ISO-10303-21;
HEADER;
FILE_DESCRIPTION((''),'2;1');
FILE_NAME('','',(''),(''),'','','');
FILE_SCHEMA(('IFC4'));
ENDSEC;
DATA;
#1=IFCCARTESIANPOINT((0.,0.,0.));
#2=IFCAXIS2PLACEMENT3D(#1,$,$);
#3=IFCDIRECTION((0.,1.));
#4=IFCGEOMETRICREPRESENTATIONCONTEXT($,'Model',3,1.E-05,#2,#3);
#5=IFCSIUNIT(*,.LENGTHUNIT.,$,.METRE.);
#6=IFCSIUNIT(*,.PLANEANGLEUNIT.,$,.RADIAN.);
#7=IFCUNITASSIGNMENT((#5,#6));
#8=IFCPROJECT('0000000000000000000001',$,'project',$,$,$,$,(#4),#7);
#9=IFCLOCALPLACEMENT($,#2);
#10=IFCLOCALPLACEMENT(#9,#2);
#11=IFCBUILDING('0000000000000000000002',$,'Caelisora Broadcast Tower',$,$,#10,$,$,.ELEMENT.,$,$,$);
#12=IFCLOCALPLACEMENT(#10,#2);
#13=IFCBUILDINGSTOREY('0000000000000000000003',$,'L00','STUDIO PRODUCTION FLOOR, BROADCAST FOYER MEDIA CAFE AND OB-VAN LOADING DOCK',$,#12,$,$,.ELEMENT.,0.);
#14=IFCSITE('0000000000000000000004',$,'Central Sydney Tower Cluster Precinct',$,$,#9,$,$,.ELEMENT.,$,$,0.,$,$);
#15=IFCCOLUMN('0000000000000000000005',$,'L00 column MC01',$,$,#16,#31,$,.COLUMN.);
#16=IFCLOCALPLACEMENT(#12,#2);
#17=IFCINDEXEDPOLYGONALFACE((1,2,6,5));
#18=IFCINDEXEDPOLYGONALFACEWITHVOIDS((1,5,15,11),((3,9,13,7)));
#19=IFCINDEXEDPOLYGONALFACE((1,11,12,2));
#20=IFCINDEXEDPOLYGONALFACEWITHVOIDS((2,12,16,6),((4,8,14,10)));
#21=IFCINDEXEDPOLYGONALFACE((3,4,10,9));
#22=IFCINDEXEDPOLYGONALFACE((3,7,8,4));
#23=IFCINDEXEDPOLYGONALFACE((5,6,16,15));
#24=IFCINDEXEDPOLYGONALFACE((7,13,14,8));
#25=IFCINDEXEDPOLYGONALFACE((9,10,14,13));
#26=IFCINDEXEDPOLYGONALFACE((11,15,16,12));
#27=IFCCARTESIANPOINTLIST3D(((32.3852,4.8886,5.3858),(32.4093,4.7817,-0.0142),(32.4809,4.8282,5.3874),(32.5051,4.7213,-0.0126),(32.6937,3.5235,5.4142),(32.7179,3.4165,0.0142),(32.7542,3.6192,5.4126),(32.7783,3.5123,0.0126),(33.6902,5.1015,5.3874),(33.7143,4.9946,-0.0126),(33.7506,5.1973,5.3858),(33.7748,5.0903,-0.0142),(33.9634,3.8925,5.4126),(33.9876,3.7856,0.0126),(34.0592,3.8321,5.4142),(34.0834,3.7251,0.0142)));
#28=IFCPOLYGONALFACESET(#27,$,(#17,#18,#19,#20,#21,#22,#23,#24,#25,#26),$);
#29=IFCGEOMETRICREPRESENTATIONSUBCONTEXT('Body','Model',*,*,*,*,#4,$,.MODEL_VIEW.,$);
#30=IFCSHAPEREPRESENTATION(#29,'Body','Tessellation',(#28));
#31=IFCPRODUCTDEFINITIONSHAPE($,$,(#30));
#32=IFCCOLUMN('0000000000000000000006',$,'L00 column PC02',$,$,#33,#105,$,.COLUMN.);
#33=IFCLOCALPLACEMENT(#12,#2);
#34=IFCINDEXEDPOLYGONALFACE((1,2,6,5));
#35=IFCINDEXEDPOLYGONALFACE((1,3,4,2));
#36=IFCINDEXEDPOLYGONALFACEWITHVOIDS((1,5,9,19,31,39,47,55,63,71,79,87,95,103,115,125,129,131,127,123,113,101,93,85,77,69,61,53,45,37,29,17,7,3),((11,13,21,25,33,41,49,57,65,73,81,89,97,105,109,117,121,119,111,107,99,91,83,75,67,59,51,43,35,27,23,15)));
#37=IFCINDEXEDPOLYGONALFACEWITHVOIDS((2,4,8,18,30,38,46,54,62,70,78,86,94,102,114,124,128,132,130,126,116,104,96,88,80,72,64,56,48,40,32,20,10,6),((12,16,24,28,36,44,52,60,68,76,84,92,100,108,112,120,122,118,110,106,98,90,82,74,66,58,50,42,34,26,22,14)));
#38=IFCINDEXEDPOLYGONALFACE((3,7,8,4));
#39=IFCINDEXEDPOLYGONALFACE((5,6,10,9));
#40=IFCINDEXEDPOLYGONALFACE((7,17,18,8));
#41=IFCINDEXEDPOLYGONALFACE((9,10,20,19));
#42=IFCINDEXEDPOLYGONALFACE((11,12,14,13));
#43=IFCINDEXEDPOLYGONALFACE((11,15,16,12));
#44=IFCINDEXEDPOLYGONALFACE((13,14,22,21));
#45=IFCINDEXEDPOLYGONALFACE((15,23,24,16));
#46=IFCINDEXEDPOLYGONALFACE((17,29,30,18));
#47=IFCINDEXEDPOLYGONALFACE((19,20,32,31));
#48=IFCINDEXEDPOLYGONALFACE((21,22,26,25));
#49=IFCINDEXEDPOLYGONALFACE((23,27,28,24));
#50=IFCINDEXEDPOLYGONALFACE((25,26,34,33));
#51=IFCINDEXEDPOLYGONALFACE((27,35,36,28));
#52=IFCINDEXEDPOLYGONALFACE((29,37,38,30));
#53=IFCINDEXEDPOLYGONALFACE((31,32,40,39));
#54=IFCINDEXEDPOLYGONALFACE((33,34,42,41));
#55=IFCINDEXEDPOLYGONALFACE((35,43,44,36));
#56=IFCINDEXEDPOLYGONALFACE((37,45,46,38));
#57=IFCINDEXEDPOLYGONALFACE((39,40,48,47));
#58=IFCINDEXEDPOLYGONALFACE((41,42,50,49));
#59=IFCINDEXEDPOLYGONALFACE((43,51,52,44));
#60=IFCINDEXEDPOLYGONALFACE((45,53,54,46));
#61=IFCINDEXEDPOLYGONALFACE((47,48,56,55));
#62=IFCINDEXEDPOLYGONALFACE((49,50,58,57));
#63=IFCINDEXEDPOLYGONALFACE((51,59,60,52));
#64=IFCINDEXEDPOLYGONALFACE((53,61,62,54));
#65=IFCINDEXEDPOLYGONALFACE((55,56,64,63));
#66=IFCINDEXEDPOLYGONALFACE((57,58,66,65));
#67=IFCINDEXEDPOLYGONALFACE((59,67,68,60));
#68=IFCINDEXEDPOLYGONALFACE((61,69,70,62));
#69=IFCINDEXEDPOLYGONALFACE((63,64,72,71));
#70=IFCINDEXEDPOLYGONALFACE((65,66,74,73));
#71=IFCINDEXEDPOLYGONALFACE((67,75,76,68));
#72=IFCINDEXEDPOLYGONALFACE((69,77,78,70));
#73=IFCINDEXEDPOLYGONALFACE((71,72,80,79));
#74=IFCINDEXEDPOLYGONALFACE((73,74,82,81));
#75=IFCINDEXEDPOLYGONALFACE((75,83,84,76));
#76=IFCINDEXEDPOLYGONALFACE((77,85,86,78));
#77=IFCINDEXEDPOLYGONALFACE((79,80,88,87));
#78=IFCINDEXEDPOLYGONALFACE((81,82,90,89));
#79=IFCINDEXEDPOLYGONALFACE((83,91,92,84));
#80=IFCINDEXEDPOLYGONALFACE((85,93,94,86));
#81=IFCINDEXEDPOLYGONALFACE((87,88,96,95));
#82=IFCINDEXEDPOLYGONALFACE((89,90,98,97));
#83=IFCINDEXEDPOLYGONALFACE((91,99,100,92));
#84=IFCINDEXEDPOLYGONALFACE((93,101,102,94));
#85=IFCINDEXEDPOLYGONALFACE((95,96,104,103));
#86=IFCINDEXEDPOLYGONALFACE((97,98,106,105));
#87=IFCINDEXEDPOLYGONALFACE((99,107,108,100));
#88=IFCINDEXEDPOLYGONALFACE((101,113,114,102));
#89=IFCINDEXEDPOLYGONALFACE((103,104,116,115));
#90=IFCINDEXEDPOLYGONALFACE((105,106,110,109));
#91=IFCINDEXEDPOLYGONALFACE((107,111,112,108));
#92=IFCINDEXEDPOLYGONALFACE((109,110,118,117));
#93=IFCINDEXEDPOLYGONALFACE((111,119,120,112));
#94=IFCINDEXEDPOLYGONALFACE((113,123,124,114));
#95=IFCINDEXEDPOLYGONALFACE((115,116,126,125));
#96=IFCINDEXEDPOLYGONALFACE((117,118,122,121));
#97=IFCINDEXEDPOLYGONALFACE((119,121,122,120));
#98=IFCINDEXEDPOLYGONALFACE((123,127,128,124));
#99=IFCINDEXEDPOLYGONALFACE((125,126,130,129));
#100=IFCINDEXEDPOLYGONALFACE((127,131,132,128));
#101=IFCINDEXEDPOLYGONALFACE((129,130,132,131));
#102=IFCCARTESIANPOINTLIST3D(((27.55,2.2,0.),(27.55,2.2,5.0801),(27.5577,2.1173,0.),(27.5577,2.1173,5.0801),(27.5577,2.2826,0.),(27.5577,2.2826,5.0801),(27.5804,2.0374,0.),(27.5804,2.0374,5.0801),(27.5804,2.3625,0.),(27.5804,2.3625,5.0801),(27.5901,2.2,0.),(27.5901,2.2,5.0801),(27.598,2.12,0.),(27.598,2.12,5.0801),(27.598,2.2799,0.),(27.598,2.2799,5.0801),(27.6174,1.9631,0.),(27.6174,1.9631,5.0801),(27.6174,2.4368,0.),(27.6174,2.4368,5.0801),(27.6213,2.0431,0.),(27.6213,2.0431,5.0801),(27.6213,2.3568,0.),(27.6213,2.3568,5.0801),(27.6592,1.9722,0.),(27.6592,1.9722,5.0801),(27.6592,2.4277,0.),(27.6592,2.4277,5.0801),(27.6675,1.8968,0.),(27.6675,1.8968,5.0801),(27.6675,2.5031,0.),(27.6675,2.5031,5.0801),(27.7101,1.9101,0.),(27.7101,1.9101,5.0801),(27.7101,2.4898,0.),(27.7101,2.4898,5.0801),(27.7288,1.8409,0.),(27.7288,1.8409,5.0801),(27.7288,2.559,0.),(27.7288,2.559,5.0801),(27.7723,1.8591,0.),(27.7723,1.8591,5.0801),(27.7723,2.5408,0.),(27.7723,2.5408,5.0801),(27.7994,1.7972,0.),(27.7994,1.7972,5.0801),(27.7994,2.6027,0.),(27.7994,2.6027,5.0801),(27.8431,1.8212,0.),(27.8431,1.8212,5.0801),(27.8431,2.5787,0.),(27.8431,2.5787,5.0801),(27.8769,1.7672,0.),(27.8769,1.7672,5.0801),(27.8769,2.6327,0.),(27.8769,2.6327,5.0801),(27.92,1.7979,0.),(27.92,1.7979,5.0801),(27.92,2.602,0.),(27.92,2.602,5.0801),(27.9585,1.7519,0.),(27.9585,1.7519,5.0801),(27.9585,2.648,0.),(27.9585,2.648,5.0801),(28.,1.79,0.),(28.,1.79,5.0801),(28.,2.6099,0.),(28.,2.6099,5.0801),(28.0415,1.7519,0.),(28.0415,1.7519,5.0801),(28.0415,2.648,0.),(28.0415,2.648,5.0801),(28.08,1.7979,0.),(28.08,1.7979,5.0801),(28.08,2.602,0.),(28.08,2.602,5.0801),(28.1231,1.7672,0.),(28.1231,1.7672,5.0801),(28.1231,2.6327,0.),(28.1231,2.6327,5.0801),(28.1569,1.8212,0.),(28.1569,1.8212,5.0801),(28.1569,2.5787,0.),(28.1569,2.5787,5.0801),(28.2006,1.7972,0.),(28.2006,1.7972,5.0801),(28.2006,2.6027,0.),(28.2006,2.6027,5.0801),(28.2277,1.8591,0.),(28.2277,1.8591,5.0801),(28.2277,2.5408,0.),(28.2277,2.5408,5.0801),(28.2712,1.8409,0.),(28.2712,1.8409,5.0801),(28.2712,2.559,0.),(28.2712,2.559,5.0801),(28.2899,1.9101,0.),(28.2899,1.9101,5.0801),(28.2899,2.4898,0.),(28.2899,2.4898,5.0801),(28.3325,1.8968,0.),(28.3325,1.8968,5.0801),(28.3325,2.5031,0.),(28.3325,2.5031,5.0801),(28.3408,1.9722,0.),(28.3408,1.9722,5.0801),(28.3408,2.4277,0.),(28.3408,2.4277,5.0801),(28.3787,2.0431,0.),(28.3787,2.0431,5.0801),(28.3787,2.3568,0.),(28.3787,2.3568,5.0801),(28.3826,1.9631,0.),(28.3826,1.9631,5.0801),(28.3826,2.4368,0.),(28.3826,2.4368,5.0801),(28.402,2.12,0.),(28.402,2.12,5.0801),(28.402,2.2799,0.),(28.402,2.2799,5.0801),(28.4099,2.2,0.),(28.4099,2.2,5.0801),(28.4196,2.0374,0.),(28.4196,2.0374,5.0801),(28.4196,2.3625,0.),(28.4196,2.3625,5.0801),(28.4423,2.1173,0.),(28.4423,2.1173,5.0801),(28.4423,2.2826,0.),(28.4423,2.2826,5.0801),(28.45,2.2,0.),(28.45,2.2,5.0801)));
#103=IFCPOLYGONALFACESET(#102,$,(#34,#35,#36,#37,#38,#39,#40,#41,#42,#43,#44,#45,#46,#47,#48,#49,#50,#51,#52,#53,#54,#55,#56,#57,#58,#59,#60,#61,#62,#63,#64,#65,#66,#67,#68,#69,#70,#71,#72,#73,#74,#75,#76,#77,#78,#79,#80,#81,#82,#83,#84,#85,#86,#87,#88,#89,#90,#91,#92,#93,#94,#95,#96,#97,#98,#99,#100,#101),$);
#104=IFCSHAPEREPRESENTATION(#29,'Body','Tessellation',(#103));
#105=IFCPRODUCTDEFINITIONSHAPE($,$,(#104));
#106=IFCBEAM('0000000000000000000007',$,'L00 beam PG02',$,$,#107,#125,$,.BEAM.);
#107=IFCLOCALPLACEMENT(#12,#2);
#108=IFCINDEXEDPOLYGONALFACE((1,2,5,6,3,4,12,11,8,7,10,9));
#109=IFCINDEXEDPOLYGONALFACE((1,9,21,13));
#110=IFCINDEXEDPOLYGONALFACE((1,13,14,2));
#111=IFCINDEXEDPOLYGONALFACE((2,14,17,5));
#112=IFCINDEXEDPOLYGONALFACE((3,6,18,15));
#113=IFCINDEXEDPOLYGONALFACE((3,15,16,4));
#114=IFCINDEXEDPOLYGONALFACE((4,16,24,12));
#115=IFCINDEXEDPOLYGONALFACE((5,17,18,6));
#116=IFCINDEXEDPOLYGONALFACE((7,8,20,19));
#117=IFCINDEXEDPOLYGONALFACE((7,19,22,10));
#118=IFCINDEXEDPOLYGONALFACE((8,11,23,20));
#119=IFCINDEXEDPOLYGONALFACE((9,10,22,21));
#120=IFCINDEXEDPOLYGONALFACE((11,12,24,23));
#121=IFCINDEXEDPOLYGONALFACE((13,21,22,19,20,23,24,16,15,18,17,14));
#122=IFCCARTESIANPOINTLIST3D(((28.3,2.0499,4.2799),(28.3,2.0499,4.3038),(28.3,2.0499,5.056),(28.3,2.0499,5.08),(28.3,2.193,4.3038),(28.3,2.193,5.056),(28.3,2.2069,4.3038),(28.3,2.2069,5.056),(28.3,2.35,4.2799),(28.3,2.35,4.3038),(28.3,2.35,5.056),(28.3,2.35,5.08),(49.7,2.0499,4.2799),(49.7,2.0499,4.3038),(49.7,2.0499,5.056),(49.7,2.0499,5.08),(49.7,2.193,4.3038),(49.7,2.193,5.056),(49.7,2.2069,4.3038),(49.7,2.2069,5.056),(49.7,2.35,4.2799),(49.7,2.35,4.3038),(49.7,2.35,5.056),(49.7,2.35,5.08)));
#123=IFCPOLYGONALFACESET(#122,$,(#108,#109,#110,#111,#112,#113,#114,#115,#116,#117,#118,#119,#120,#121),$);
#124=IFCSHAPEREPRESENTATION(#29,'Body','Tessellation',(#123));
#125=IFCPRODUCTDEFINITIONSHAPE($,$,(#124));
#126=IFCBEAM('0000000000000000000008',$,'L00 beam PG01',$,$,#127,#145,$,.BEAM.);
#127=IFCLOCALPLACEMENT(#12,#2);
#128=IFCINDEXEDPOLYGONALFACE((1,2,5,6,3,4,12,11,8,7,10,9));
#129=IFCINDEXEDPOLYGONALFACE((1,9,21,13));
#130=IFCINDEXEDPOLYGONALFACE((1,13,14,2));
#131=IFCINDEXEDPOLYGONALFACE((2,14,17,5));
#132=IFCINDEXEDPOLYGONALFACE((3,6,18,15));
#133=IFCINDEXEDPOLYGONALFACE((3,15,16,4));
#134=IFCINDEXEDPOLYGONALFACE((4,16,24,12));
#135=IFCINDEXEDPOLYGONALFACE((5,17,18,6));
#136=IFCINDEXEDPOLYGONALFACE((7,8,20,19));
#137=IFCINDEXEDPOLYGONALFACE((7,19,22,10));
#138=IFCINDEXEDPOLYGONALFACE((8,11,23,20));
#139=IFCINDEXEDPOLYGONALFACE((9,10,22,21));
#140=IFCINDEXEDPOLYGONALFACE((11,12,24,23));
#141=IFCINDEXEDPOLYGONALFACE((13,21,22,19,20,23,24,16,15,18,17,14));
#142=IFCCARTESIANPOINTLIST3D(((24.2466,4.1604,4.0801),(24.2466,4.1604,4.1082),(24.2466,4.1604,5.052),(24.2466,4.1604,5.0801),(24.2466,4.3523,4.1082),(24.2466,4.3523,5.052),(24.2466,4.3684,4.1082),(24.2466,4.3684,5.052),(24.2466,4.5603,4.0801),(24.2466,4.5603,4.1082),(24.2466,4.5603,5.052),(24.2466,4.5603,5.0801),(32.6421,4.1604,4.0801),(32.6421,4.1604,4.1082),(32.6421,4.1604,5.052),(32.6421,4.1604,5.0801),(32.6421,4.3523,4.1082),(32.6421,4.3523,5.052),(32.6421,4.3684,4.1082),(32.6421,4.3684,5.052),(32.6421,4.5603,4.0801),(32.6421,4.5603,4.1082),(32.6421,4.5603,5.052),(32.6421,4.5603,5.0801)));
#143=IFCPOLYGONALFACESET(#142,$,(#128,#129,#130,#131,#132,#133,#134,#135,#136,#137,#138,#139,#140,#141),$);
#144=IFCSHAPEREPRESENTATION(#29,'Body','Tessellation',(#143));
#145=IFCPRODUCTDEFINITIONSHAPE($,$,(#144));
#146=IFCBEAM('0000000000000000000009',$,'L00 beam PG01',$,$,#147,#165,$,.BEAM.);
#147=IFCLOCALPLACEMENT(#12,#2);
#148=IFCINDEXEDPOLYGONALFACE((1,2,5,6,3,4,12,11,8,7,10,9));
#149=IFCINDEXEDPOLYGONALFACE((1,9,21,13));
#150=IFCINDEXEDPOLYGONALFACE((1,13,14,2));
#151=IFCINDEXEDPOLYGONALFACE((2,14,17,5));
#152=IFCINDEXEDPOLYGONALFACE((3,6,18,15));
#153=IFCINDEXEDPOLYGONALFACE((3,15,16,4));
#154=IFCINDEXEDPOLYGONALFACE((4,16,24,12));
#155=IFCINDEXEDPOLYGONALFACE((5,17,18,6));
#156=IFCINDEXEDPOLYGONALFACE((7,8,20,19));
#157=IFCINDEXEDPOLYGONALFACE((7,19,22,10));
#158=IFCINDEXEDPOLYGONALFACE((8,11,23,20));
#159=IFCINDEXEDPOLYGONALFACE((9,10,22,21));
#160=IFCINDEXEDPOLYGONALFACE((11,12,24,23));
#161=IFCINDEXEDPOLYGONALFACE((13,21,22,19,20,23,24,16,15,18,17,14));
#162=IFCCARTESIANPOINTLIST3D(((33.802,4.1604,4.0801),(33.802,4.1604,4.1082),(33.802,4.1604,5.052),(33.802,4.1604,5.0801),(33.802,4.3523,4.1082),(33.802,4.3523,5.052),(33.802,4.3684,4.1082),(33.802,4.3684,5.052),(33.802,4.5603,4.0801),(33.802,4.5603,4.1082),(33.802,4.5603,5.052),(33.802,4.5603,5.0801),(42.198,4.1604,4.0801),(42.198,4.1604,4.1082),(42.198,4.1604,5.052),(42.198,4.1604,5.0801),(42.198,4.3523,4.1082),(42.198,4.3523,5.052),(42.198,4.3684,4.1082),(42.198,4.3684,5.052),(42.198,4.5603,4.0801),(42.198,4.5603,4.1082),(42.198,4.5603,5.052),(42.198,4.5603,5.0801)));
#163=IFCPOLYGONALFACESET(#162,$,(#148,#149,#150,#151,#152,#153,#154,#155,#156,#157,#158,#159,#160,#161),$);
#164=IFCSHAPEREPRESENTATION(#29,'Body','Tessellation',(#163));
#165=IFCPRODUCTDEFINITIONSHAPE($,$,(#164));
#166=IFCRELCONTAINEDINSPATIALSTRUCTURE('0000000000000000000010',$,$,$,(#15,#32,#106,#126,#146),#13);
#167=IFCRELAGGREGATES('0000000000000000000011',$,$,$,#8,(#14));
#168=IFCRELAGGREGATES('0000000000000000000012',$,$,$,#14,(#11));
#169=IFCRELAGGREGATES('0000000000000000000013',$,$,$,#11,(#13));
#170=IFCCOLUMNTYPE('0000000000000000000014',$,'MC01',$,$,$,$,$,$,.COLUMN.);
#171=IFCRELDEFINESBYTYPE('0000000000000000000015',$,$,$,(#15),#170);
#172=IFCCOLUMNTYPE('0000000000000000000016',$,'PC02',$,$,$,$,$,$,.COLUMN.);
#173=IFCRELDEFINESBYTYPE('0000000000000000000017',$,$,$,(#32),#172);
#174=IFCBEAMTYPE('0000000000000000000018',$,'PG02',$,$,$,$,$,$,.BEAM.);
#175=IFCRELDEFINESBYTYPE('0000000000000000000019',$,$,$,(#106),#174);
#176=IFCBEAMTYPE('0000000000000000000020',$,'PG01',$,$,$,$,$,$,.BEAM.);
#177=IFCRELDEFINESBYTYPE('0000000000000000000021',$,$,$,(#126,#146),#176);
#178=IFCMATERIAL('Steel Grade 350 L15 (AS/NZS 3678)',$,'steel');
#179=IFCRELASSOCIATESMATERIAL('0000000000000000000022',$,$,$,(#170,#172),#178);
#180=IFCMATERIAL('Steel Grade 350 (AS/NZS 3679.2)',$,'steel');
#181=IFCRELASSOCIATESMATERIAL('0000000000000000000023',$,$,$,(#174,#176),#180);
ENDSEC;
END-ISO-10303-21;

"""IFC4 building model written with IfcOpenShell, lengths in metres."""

from ifc_helpers import new_model, si_unit, direction, frame, origin, origin_2d, place, context, subcontext, project, spatial, hollow_rectangle, hollow_circle, i_section, extrude, source, transform, mapped, material, material_profile, profile_set, type_object, type_shapes, element, save


model = new_model("IFC4")

# Units and contexts
model_context = context("Model", 3, precision=1e-05, world=origin(), true_north=direction((0.0, 1.0)))
body_context = subcontext(model_context, "Body", "Model", "MODEL_VIEW")
ifc_project = project(units=[si_unit("LENGTHUNIT", "METRE"), si_unit("PLANEANGLEUNIT", "RADIAN")], contexts=[model_context])

# Site, building, storey
site_placement = place(None, origin())
site = spatial("IfcSite", under=ifc_project, at=site_placement, Name="Central Sydney Tower Cluster Precinct", CompositionType="ELEMENT", RefElevation=0.0)
building_placement = place(site_placement, origin())
building = spatial("IfcBuilding", under=site, at=building_placement, Name="Caelisora Broadcast Tower", CompositionType="ELEMENT")
storey_placement = place(building_placement, origin())
storey = spatial("IfcBuildingStorey", under=building, at=storey_placement, Name="L00", Description="STUDIO PRODUCTION FLOOR, BROADCAST FOYER MEDIA CAFE AND OB-VAN LOADING DOCK", CompositionType="ELEMENT", Elevation=0.0)

# Columns
ifc_material_1 = material(Name="Steel Grade 350 L15 (AS/NZS 3678)", Category="steel")
ifc_material_profile_1 = material_profile(ifc_material_1, hollow_rectangle(XDim=1.3999, YDim=1.3999, WallThickness=0.0801, at=origin_2d()), Name="Steel Grade 350 L15 (AS/NZS 3678)")
ifc_profile_set_1 = profile_set([ifc_material_profile_1], Name="Steel Grade 350 L15 (AS/NZS 3678)")
column_type_1 = type_object("IfcColumnType", Name="MC01", PredefinedType="COLUMN", material=ifc_profile_set_1)
shared_shape_1 = source(origin(), body_context, "Body", "SweptSolid", [
    extrude(hollow_rectangle(XDim=1.3999, YDim=1.3999, WallThickness=0.0801, at=origin_2d()), origin(), (0.0, 0.0, 1.0), 5.4011),
])
type_shapes(column_type_1, [shared_shape_1])
column_1_placement = place(storey_placement, frame((33.2463, 4.2534, 0.0), z_axis=(-0.004475, 0.019799, 0.999794), x_axis=(-0.975395, -0.220466, 0.0)))
element("IfcColumn", 1, at=column_1_placement, inside=storey, type_object=column_type_1, Name="L00 column MC01", PredefinedType="COLUMN", context=body_context, shape_type="MappedRepresentation", body=[
    mapped(shared_shape_1, transform((0.0, 0.0, 0.0), scale=1.0)),
])
ifc_material_profile_2 = material_profile(ifc_material_1, hollow_circle(Radius=0.45, WallThickness=0.04, at=origin_2d()), Name="Steel Grade 350 L15 (AS/NZS 3678)")
ifc_profile_set_2 = profile_set([ifc_material_profile_2], Name="Steel Grade 350 L15 (AS/NZS 3678)")
column_type_2 = type_object("IfcColumnType", Name="PC02", PredefinedType="COLUMN", material=ifc_profile_set_2)
shared_shape_2 = source(origin(), body_context, "Body", "SweptSolid", [
    extrude(hollow_circle(Radius=0.45, WallThickness=0.04, at=origin_2d()), origin(), (0.0, 0.0, 1.0), 5.0801),
])
type_shapes(column_type_2, [shared_shape_2])
column_2_placement = place(storey_placement, frame((28.0, 2.2, 0.0), z_axis=(0.0, 0.0, 1.0), x_axis=(1.0, 0.0, 0.0)))
element("IfcColumn", 2, at=column_2_placement, inside=storey, type_object=column_type_2, Name="L00 column PC02", PredefinedType="COLUMN", context=body_context, shape_type="MappedRepresentation", body=[
    mapped(shared_shape_2, transform((0.0, 0.0, 0.0), scale=1.0)),
])

# Beams
ifc_material_2 = material(Name="Steel Grade 350 (AS/NZS 3679.2)", Category="steel")
ifc_material_profile_3 = material_profile(ifc_material_2, i_section(OverallWidth=0.3, OverallDepth=0.8, WebThickness=0.0139, FlangeThickness=0.0239, at=origin_2d()), Name="Steel Grade 350 (AS/NZS 3679.2)")
ifc_profile_set_3 = profile_set([ifc_material_profile_3], Name="Steel Grade 350 (AS/NZS 3679.2)")
beam_type_1 = type_object("IfcBeamType", Name="PG02", PredefinedType="BEAM", material=ifc_profile_set_3)
shared_shape_3 = source(origin(), body_context, "Body", "SweptSolid", [
    extrude(i_section(OverallWidth=0.3, OverallDepth=0.8, WebThickness=0.0139, FlangeThickness=0.0239, at=origin_2d()), origin(), (0.0, 0.0, 1.0), 21.3999),
])
type_shapes(beam_type_1, [shared_shape_3])
beam_1_placement = place(storey_placement, frame((28.3, 2.2, 4.6799), z_axis=(1.0, 0.0, 0.0), x_axis=(0.0, 1.0, 0.0)))
element("IfcBeam", 3, at=beam_1_placement, inside=storey, type_object=beam_type_1, Name="L00 beam PG02", PredefinedType="BEAM", context=body_context, shape_type="MappedRepresentation", body=[
    mapped(shared_shape_3, transform((0.0, 0.0, 0.0), scale=1.0)),
])
ifc_material_profile_4 = material_profile(ifc_material_2, i_section(OverallWidth=0.3999, OverallDepth=1.0, WebThickness=0.0161, FlangeThickness=0.0281, at=origin_2d()), Name="Steel Grade 350 (AS/NZS 3679.2)")
ifc_profile_set_4 = profile_set([ifc_material_profile_4], Name="Steel Grade 350 (AS/NZS 3679.2)")
beam_type_2 = type_object("IfcBeamType", Name="PG01", PredefinedType="BEAM", material=ifc_profile_set_4)
shared_shape_4 = source(origin(), body_context, "Body", "SweptSolid", [
    extrude(i_section(OverallWidth=0.3999, OverallDepth=1.0, WebThickness=0.0161, FlangeThickness=0.0281, at=origin_2d()), origin(), (0.0, 0.0, 1.0), 8.3955),
])
beam_2_placement = place(storey_placement, frame((24.2466, 4.3604, 4.5801), z_axis=(1.0, 0.0, 0.0), x_axis=(0.0, 1.0, 0.0)))
element("IfcBeam", 4, at=beam_2_placement, inside=storey, type_object=beam_type_2, Name="L00 beam PG01", PredefinedType="BEAM", context=body_context, shape_type="MappedRepresentation", body=[
    mapped(shared_shape_4, transform((0.0, 0.0, 0.0), scale=1.0)),
])
shared_shape_5 = source(origin(), body_context, "Body", "SweptSolid", [
    extrude(i_section(OverallWidth=0.3999, OverallDepth=1.0, WebThickness=0.0161, FlangeThickness=0.0281, at=origin_2d()), origin(), (0.0, 0.0, 1.0), 8.396),
])
type_shapes(beam_type_2, [shared_shape_4, shared_shape_5])
beam_3_placement = place(storey_placement, frame((33.802, 4.3604, 4.5801), z_axis=(1.0, 0.0, 0.0), x_axis=(0.0, 1.0, 0.0)))
element("IfcBeam", 5, at=beam_3_placement, inside=storey, type_object=beam_type_2, Name="L00 beam PG01", PredefinedType="BEAM", context=body_context, shape_type="MappedRepresentation", body=[
    mapped(shared_shape_5, transform((0.0, 0.0, 0.0), scale=1.0)),
])

save(model, "model.ifc")
